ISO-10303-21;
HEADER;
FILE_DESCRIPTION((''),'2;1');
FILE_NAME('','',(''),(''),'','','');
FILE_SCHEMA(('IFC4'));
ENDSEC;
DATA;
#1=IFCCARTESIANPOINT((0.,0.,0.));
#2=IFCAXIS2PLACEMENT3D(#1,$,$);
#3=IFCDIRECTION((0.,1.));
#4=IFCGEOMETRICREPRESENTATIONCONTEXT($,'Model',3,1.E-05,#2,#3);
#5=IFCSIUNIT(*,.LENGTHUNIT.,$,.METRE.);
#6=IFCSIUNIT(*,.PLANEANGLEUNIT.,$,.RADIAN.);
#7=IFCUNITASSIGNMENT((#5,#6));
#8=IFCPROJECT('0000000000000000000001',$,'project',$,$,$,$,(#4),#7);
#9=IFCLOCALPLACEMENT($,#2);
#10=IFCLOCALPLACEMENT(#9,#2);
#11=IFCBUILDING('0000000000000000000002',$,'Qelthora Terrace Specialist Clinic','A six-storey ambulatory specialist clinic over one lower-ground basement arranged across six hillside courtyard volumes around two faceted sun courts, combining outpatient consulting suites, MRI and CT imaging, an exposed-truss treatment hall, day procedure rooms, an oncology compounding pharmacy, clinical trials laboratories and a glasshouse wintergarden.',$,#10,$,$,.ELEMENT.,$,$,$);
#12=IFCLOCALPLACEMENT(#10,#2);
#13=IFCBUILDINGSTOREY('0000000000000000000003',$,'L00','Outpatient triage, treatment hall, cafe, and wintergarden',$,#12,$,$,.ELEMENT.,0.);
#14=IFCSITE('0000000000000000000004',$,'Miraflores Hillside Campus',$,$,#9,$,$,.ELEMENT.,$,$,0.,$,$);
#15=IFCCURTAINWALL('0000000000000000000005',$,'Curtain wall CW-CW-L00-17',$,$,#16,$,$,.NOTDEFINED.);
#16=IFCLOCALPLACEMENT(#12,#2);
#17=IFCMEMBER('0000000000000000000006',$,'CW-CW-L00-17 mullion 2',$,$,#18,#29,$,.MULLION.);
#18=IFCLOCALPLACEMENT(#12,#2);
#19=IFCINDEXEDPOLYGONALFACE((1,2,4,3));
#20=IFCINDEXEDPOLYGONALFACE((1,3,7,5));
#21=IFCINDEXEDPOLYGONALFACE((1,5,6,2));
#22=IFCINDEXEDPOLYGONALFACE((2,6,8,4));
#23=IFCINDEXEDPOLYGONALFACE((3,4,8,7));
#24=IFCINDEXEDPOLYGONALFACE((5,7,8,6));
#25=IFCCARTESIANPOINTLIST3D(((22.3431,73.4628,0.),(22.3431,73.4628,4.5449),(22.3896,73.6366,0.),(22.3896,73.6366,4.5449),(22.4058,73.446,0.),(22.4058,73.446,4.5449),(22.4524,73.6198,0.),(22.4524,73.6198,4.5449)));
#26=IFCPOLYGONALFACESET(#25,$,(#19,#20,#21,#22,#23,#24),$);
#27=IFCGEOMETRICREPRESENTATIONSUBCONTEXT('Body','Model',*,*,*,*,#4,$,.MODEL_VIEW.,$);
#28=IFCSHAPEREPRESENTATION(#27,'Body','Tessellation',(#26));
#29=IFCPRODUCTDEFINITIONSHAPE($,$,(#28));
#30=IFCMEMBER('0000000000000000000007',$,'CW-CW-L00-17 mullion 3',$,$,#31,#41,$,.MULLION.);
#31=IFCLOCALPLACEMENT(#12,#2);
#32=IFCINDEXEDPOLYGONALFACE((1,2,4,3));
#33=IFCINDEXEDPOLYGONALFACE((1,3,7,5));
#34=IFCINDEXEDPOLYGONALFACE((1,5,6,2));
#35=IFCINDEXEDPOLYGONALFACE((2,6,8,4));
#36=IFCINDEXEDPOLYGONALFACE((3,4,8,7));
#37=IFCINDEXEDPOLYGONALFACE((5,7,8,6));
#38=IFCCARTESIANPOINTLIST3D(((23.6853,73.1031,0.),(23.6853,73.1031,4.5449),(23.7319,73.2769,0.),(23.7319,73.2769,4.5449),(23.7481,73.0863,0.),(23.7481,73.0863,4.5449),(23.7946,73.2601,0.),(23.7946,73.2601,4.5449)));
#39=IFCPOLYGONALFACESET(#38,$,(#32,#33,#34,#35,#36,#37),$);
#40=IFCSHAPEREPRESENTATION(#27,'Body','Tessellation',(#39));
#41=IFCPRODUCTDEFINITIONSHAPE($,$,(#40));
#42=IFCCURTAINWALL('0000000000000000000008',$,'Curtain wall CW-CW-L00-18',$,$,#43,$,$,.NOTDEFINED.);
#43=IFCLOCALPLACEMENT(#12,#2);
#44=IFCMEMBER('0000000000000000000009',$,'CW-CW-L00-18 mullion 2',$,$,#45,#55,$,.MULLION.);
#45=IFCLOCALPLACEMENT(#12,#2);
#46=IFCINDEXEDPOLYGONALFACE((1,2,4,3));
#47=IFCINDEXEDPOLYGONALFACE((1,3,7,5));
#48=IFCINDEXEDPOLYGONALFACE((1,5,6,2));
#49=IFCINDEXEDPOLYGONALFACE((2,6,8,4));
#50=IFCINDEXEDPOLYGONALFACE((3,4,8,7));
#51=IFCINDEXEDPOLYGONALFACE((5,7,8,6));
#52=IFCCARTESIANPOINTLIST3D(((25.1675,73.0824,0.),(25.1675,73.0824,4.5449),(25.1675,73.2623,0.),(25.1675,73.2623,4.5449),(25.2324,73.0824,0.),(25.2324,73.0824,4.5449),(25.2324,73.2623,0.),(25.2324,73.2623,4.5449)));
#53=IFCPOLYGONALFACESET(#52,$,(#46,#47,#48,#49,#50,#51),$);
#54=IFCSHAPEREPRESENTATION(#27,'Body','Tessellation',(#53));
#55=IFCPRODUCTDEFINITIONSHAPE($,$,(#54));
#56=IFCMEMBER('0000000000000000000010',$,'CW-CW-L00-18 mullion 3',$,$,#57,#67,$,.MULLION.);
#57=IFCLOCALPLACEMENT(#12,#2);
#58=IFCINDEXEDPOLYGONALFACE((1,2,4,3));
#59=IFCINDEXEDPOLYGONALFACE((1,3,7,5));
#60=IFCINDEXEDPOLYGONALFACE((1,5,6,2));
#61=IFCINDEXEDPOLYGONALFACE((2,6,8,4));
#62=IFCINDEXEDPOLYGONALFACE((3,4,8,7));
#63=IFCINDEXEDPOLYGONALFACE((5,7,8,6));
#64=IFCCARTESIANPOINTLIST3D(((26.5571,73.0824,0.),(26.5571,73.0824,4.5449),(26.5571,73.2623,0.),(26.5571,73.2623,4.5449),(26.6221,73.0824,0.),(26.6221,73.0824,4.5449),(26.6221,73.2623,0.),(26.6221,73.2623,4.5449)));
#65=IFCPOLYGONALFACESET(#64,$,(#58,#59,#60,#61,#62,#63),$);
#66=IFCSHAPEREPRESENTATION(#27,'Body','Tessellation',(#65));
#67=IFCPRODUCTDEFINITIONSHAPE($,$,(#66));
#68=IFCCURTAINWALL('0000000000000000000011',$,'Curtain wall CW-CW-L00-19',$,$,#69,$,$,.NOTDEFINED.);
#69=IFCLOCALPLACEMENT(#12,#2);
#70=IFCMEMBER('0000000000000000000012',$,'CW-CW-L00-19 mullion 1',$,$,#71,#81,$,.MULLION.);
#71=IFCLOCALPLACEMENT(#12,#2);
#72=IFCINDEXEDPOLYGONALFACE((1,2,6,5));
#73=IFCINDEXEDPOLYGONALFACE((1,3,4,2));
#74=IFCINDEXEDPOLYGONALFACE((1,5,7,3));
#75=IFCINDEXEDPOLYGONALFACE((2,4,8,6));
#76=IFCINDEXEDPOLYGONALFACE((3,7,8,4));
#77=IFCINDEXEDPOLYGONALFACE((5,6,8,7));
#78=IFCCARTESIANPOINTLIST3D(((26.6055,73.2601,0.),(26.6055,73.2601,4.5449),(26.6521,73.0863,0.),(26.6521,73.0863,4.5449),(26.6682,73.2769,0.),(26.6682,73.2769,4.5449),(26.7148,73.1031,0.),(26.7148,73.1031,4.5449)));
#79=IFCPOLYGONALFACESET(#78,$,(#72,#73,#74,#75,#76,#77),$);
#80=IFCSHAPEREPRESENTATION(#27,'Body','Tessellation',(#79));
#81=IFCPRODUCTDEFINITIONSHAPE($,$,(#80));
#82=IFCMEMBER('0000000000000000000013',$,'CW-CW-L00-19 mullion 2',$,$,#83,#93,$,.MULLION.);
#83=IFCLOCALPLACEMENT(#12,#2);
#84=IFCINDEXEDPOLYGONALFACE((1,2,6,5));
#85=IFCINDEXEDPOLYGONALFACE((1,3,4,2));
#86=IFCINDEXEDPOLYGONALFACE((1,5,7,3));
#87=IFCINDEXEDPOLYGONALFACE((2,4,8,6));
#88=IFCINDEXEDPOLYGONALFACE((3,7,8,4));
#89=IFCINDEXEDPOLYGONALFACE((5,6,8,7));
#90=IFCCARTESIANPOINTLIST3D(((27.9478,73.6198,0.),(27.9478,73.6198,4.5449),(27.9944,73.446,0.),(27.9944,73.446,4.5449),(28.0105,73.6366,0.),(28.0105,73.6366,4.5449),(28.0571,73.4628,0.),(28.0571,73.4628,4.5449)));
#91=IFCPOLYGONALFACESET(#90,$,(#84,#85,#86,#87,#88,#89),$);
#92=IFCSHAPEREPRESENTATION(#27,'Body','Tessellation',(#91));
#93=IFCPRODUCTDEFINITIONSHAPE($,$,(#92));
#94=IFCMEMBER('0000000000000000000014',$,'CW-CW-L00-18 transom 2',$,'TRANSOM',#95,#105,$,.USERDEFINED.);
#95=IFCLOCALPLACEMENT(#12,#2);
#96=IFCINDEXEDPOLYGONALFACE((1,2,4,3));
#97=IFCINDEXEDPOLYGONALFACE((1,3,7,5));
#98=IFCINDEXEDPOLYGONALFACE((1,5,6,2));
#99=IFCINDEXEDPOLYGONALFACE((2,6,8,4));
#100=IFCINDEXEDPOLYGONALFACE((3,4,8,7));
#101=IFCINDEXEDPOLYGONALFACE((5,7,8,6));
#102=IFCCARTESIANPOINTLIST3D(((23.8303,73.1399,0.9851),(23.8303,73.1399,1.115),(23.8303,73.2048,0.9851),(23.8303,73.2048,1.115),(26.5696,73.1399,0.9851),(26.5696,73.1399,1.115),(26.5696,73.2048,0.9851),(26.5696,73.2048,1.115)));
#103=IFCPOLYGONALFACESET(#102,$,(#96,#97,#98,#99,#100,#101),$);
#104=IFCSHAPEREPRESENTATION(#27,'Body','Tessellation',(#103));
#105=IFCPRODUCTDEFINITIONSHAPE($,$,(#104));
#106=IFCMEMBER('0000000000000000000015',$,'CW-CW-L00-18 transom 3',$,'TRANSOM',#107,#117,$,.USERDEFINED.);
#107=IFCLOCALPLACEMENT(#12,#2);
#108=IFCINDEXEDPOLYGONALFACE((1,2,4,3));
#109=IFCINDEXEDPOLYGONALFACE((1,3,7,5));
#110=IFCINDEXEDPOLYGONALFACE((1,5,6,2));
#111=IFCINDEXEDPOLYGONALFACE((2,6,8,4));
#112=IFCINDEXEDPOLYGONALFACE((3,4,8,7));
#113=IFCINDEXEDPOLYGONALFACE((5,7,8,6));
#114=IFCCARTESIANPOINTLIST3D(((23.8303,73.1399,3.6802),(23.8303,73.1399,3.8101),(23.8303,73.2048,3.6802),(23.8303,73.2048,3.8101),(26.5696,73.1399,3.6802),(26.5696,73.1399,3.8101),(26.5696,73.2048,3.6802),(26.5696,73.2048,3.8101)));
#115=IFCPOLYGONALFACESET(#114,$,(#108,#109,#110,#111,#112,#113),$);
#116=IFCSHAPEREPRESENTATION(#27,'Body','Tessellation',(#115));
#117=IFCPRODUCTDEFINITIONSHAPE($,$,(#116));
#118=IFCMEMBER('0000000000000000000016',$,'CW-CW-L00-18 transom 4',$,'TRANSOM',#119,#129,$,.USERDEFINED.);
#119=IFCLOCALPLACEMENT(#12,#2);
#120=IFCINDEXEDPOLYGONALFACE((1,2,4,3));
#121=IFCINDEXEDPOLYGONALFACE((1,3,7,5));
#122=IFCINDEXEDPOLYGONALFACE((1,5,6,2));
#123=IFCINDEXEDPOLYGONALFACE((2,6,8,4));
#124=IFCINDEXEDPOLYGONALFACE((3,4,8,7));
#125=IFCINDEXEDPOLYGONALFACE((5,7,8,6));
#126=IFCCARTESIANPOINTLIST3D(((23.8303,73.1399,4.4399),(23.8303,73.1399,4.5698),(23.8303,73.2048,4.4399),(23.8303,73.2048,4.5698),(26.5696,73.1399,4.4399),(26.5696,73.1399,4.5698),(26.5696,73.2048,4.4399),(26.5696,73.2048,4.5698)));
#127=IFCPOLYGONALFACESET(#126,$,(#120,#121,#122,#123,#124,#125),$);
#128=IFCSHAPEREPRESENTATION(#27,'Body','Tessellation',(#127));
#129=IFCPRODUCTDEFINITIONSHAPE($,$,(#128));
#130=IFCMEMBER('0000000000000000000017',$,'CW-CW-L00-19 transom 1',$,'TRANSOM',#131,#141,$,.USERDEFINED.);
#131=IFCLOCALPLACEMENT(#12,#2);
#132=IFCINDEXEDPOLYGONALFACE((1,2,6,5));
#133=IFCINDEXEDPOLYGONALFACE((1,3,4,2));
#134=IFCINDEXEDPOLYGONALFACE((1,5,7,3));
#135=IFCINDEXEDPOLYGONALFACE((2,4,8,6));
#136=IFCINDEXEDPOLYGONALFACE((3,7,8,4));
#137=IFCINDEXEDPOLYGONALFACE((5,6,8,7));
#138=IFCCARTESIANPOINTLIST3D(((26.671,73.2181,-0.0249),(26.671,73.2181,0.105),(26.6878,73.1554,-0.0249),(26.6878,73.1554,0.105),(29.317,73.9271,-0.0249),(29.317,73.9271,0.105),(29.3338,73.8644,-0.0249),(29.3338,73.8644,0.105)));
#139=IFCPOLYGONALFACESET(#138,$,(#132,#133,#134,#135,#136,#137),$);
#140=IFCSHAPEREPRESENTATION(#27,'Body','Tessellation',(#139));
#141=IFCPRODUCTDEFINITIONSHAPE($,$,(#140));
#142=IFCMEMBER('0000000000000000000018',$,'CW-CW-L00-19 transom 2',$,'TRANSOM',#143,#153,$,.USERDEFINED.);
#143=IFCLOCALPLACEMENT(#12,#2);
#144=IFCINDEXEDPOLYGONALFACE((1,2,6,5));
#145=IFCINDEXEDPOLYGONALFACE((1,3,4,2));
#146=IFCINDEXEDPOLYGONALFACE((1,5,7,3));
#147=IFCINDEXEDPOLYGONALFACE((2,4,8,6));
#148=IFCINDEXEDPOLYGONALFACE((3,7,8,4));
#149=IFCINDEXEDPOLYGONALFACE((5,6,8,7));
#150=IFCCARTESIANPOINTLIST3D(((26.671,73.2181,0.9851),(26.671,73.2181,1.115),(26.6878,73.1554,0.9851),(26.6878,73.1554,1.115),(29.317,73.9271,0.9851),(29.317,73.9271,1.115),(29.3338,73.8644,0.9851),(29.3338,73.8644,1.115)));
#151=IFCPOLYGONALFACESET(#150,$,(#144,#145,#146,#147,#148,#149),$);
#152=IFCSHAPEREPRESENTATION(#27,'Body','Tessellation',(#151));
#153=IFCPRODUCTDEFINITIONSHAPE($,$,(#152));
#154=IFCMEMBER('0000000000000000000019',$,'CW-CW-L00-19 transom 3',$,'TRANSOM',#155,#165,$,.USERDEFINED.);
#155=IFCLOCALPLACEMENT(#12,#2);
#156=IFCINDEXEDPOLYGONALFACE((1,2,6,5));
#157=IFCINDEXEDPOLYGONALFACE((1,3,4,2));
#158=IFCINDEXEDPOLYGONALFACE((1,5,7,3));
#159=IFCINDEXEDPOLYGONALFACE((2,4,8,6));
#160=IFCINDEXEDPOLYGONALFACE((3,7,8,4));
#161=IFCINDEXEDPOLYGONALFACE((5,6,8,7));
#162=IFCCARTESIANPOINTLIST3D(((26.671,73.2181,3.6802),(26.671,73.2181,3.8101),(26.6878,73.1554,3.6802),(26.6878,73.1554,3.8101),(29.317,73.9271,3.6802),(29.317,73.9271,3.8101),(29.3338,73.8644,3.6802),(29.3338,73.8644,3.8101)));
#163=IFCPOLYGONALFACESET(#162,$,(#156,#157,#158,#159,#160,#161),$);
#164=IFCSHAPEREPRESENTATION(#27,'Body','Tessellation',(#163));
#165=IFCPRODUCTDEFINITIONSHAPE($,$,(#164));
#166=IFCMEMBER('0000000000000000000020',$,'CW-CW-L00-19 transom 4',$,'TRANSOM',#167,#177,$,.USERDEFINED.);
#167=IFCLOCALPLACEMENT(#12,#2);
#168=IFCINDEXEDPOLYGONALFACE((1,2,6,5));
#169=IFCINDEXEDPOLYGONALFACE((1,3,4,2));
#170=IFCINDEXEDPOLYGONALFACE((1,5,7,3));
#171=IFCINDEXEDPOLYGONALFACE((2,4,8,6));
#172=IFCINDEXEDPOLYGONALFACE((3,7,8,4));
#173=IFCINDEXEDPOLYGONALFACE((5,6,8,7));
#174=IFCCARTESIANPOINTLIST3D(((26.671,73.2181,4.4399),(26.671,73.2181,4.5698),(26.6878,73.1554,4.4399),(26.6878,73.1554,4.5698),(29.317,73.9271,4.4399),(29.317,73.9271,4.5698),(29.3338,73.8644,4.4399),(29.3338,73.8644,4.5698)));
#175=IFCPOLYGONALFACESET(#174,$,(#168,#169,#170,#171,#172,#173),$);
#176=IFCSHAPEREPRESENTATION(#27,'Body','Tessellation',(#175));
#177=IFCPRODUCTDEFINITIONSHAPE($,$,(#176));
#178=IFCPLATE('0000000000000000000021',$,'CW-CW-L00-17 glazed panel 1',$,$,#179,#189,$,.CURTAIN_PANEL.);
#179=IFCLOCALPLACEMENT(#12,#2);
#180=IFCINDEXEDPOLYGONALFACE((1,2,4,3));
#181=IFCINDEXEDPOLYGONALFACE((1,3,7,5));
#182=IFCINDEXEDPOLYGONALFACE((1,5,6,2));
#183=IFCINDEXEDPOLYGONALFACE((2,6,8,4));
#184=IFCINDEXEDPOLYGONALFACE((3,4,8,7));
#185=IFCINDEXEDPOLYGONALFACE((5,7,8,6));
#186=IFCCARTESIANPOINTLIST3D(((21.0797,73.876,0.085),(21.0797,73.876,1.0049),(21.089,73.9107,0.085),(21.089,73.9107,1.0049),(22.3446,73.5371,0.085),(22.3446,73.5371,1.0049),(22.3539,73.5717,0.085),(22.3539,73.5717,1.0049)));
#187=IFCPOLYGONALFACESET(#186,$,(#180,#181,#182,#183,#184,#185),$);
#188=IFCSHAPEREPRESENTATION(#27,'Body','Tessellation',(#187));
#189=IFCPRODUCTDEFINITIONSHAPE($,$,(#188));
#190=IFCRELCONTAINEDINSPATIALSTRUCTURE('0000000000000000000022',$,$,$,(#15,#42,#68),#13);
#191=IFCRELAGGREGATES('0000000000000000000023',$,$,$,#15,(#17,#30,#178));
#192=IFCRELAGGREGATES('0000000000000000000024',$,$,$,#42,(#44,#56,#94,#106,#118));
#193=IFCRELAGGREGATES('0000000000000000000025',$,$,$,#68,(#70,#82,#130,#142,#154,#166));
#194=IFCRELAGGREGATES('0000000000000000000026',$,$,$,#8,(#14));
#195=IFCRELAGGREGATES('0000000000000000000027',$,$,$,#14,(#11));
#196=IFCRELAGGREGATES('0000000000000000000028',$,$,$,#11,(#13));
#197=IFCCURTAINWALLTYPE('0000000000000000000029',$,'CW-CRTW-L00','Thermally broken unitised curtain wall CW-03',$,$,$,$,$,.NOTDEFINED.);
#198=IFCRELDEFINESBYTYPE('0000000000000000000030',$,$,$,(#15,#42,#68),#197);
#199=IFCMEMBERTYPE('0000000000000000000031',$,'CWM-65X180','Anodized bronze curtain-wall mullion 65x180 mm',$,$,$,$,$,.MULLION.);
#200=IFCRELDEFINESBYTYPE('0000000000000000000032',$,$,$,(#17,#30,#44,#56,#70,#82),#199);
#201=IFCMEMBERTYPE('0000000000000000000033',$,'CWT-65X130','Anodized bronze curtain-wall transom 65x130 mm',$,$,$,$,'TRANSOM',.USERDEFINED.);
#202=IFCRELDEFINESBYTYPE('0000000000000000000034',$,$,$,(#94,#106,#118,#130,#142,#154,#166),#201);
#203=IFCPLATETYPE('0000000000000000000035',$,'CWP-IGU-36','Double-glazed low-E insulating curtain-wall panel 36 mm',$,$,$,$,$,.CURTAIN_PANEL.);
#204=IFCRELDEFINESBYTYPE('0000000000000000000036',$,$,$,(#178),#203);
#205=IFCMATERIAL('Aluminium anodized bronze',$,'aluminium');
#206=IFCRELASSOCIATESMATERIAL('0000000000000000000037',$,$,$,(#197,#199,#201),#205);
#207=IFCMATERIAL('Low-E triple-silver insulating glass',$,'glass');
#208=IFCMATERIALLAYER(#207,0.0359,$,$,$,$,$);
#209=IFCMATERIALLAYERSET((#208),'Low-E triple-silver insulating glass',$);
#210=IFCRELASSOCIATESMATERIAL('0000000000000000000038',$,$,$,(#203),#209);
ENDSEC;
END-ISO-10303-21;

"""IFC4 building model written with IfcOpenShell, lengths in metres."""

from ifc_helpers import new_model, si_unit, direction, frame, origin, origin_2d, place, context, subcontext, project, spatial, rectangle, extrude, material, layer, layer_set, material_profile, profile_set, type_object, element, aggregate, save


model = new_model("IFC4")

# Units and contexts
model_context = context("Model", 3, precision=1e-05, world=origin(), true_north=direction((0.0, 1.0)))
body_context = subcontext(model_context, "Body", "Model", "MODEL_VIEW")
ifc_project = project(units=[si_unit("LENGTHUNIT", "METRE"), si_unit("PLANEANGLEUNIT", "RADIAN")], contexts=[model_context])

# Site, building, storey
site_placement = place(None, origin())
site = spatial("IfcSite", under=ifc_project, at=site_placement, Name="Miraflores Hillside Campus", CompositionType="ELEMENT", RefElevation=0.0)
building_placement = place(site_placement, origin())
building = spatial("IfcBuilding", under=site, at=building_placement, Name="Qelthora Terrace Specialist Clinic", Description="A six-storey ambulatory specialist clinic over one lower-ground basement arranged across six hillside courtyard volumes around two faceted sun courts, combining outpatient consulting suites, MRI and CT imaging, an exposed-truss treatment hall, day procedure rooms, an oncology compounding pharmacy, clinical trials laboratories and a glasshouse wintergarden.", CompositionType="ELEMENT")
storey_placement = place(building_placement, origin())
storey = spatial("IfcBuildingStorey", under=building, at=storey_placement, Name="L00", Description="Outpatient triage, treatment hall, cafe, and wintergarden", CompositionType="ELEMENT", Elevation=0.0)

# Curtain walls, members
ifc_material_1 = material(Name="Aluminium anodized bronze", Category="aluminium")
curtain_wall_type = type_object("IfcCurtainWallType", Name="CW-CRTW-L00", Description="Thermally broken unitised curtain wall CW-03", PredefinedType="NOTDEFINED", material=ifc_material_1)
curtain_wall_1_placement = place(storey_placement, origin())
curtain_wall_1 = element("IfcCurtainWall", 1, at=curtain_wall_1_placement, inside=storey, type_object=curtain_wall_type, Name="Curtain wall CW-CW-L00-17", PredefinedType="NOTDEFINED")
ifc_material_profile_1 = material_profile(ifc_material_1, rectangle(XDim=0.0649, YDim=0.1799, at=origin_2d()), Name="CWM65X180")
ifc_profile_set_1 = profile_set([ifc_material_profile_1], Name="Aluminium anodized bronze")
member_type_1 = type_object("IfcMemberType", Name="CWM-65X180", Description="Anodized bronze curtain-wall mullion 65x180 mm", PredefinedType="MULLION", material=ifc_profile_set_1)
member_1_placement = place(storey_placement, frame((22.3977, 73.5413, 0.0), z_axis=(0.0, 0.0, 1.0), x_axis=(0.965925, -0.25882, 0.0)))
member_1 = element("IfcMember", 2, at=member_1_placement, type_object=member_type_1, Name="CW-CW-L00-17 mullion 2", PredefinedType="MULLION", context=body_context, shape_type="SweptSolid", body=[
    extrude(rectangle(XDim=0.0649, YDim=0.1799, at=origin_2d()), origin(), (0.0, 0.0, 1.0), 4.5449),
])
member_2_placement = place(storey_placement, frame((23.74, 73.1816, 0.0), z_axis=(0.0, 0.0, 1.0), x_axis=(0.965925, -0.25882, 0.0)))
member_2 = element("IfcMember", 3, at=member_2_placement, type_object=member_type_1, Name="CW-CW-L00-17 mullion 3", PredefinedType="MULLION", context=body_context, shape_type="SweptSolid", body=[
    extrude(rectangle(XDim=0.0649, YDim=0.1799, at=origin_2d()), origin(), (0.0, 0.0, 1.0), 4.5449),
])
curtain_wall_2_placement = place(storey_placement, origin())
curtain_wall_2 = element("IfcCurtainWall", 4, at=curtain_wall_2_placement, inside=storey, type_object=curtain_wall_type, Name="Curtain wall CW-CW-L00-18", PredefinedType="NOTDEFINED")
member_3_placement = place(storey_placement, frame((25.2, 73.1724, 0.0), z_axis=(0.0, 0.0, 1.0), x_axis=(1.0, 0.0, 0.0)))
member_3 = element("IfcMember", 5, at=member_3_placement, type_object=member_type_1, Name="CW-CW-L00-18 mullion 2", PredefinedType="MULLION", context=body_context, shape_type="SweptSolid", body=[
    extrude(rectangle(XDim=0.0649, YDim=0.1799, at=origin_2d()), origin(), (0.0, 0.0, 1.0), 4.5449),
])
member_4_placement = place(storey_placement, frame((26.5896, 73.1724, 0.0), z_axis=(0.0, 0.0, 1.0), x_axis=(1.0, 0.0, 0.0)))
member_4 = element("IfcMember", 6, at=member_4_placement, type_object=member_type_1, Name="CW-CW-L00-18 mullion 3", PredefinedType="MULLION", context=body_context, shape_type="SweptSolid", body=[
    extrude(rectangle(XDim=0.0649, YDim=0.1799, at=origin_2d()), origin(), (0.0, 0.0, 1.0), 4.5449),
])
curtain_wall_3_placement = place(storey_placement, origin())
curtain_wall_3 = element("IfcCurtainWall", 7, at=curtain_wall_3_placement, inside=storey, type_object=curtain_wall_type, Name="Curtain wall CW-CW-L00-19", PredefinedType="NOTDEFINED")
member_5_placement = place(storey_placement, frame((26.6602, 73.1816, 0.0), z_axis=(0.0, 0.0, 1.0), x_axis=(0.965925, 0.25882, 0.0)))
member_5 = element("IfcMember", 8, at=member_5_placement, type_object=member_type_1, Name="CW-CW-L00-19 mullion 1", PredefinedType="MULLION", context=body_context, shape_type="SweptSolid", body=[
    extrude(rectangle(XDim=0.0649, YDim=0.1799, at=origin_2d()), origin(), (0.0, 0.0, 1.0), 4.5449),
])
member_6_placement = place(storey_placement, frame((28.0024, 73.5413, 0.0), z_axis=(0.0, 0.0, 1.0), x_axis=(0.965925, 0.25882, 0.0)))
member_6 = element("IfcMember", 9, at=member_6_placement, type_object=member_type_1, Name="CW-CW-L00-19 mullion 2", PredefinedType="MULLION", context=body_context, shape_type="SweptSolid", body=[
    extrude(rectangle(XDim=0.0649, YDim=0.1799, at=origin_2d()), origin(), (0.0, 0.0, 1.0), 4.5449),
])

# Members
ifc_material_profile_2 = material_profile(ifc_material_1, rectangle(XDim=0.0649, YDim=0.1299, at=origin_2d()), Name="CWT65X130")
ifc_profile_set_2 = profile_set([ifc_material_profile_2], Name="Aluminium anodized bronze")
member_type_2 = type_object("IfcMemberType", Name="CWT-65X130", Description="Anodized bronze curtain-wall transom 65x130 mm", ElementType="TRANSOM", PredefinedType="USERDEFINED", material=ifc_profile_set_2)
member_7_placement = place(storey_placement, frame((23.8303, 73.1724, 1.05), z_axis=(1.0, 0.0, 0.0), x_axis=(0.0, 1.0, 0.0)))
member_7 = element("IfcMember", 10, at=member_7_placement, type_object=member_type_2, Name="CW-CW-L00-18 transom 2", ObjectType="TRANSOM", PredefinedType="USERDEFINED", context=body_context, shape_type="SweptSolid", body=[
    extrude(rectangle(XDim=0.0649, YDim=0.1299, at=origin_2d()), origin(), (0.0, 0.0, 1.0), 2.7393),
])
member_8_placement = place(storey_placement, frame((23.8303, 73.1724, 3.7451), z_axis=(1.0, 0.0, 0.0), x_axis=(0.0, 1.0, 0.0)))
member_8 = element("IfcMember", 11, at=member_8_placement, type_object=member_type_2, Name="CW-CW-L00-18 transom 3", ObjectType="TRANSOM", PredefinedType="USERDEFINED", context=body_context, shape_type="SweptSolid", body=[
    extrude(rectangle(XDim=0.0649, YDim=0.1299, at=origin_2d()), origin(), (0.0, 0.0, 1.0), 2.7393),
])
member_9_placement = place(storey_placement, frame((23.8303, 73.1724, 4.5049), z_axis=(1.0, 0.0, 0.0), x_axis=(0.0, 1.0, 0.0)))
member_9 = element("IfcMember", 12, at=member_9_placement, type_object=member_type_2, Name="CW-CW-L00-18 transom 4", ObjectType="TRANSOM", PredefinedType="USERDEFINED", context=body_context, shape_type="SweptSolid", body=[
    extrude(rectangle(XDim=0.0649, YDim=0.1299, at=origin_2d()), origin(), (0.0, 0.0, 1.0), 2.7393),
])
member_10_placement = place(storey_placement, frame((26.6794, 73.1868, 0.04), z_axis=(0.965927, 0.258816, 0.0), x_axis=(-0.258816, 0.965927, 0.0)))
member_10 = element("IfcMember", 13, at=member_10_placement, type_object=member_type_2, Name="CW-CW-L00-19 transom 1", ObjectType="TRANSOM", PredefinedType="USERDEFINED", context=body_context, shape_type="SweptSolid", body=[
    extrude(rectangle(XDim=0.0649, YDim=0.1299, at=origin_2d()), origin(), (0.0, 0.0, 1.0), 2.7393),
])
member_11_placement = place(storey_placement, frame((26.6794, 73.1868, 1.05), z_axis=(0.965927, 0.258816, 0.0), x_axis=(-0.258816, 0.965927, 0.0)))
member_11 = element("IfcMember", 14, at=member_11_placement, type_object=member_type_2, Name="CW-CW-L00-19 transom 2", ObjectType="TRANSOM", PredefinedType="USERDEFINED", context=body_context, shape_type="SweptSolid", body=[
    extrude(rectangle(XDim=0.0649, YDim=0.1299, at=origin_2d()), origin(), (0.0, 0.0, 1.0), 2.7393),
])
member_12_placement = place(storey_placement, frame((26.6794, 73.1868, 3.7451), z_axis=(0.965927, 0.258816, 0.0), x_axis=(-0.258816, 0.965927, 0.0)))
member_12 = element("IfcMember", 15, at=member_12_placement, type_object=member_type_2, Name="CW-CW-L00-19 transom 3", ObjectType="TRANSOM", PredefinedType="USERDEFINED", context=body_context, shape_type="SweptSolid", body=[
    extrude(rectangle(XDim=0.0649, YDim=0.1299, at=origin_2d()), origin(), (0.0, 0.0, 1.0), 2.7393),
])
member_13_placement = place(storey_placement, frame((26.6794, 73.1868, 4.5049), z_axis=(0.965927, 0.258816, 0.0), x_axis=(-0.258816, 0.965927, 0.0)))
member_13 = element("IfcMember", 16, at=member_13_placement, type_object=member_type_2, Name="CW-CW-L00-19 transom 4", ObjectType="TRANSOM", PredefinedType="USERDEFINED", context=body_context, shape_type="SweptSolid", body=[
    extrude(rectangle(XDim=0.0649, YDim=0.1299, at=origin_2d()), origin(), (0.0, 0.0, 1.0), 2.7393),
])

# Plate
ifc_material_2 = material(Name="Low-E triple-silver insulating glass", Category="glass")
ifc_layer = layer(ifc_material_2, 0.0359)
ifc_layer_set = layer_set([ifc_layer], Name="Low-E triple-silver insulating glass")
plate_type = type_object("IfcPlateType", Name="CWP-IGU-36", Description="Double-glazed low-E insulating curtain-wall panel 36 mm", PredefinedType="CURTAIN_PANEL", material=ifc_layer_set)
plate_1_placement = place(storey_placement, frame((21.7168, 73.7239, 0.085), z_axis=(0.0, 0.0, 1.0), x_axis=(0.965925, -0.258821, 0.0)))
plate_1 = element("IfcPlate", 17, at=plate_1_placement, type_object=plate_type, Name="CW-CW-L00-17 glazed panel 1", PredefinedType="CURTAIN_PANEL", context=body_context, shape_type="SweptSolid", body=[
    extrude(rectangle(XDim=1.3096, YDim=0.0359, at=origin_2d()), origin(), (0.0, 0.0, 1.0), 0.9199),
])
aggregate(curtain_wall_1, [member_1, member_2, plate_1])
aggregate(curtain_wall_2, [member_3, member_4, member_7, member_8, member_9])
aggregate(curtain_wall_3, [member_5, member_6, member_10, member_11, member_12, member_13])

save(model, "model.ifc")
